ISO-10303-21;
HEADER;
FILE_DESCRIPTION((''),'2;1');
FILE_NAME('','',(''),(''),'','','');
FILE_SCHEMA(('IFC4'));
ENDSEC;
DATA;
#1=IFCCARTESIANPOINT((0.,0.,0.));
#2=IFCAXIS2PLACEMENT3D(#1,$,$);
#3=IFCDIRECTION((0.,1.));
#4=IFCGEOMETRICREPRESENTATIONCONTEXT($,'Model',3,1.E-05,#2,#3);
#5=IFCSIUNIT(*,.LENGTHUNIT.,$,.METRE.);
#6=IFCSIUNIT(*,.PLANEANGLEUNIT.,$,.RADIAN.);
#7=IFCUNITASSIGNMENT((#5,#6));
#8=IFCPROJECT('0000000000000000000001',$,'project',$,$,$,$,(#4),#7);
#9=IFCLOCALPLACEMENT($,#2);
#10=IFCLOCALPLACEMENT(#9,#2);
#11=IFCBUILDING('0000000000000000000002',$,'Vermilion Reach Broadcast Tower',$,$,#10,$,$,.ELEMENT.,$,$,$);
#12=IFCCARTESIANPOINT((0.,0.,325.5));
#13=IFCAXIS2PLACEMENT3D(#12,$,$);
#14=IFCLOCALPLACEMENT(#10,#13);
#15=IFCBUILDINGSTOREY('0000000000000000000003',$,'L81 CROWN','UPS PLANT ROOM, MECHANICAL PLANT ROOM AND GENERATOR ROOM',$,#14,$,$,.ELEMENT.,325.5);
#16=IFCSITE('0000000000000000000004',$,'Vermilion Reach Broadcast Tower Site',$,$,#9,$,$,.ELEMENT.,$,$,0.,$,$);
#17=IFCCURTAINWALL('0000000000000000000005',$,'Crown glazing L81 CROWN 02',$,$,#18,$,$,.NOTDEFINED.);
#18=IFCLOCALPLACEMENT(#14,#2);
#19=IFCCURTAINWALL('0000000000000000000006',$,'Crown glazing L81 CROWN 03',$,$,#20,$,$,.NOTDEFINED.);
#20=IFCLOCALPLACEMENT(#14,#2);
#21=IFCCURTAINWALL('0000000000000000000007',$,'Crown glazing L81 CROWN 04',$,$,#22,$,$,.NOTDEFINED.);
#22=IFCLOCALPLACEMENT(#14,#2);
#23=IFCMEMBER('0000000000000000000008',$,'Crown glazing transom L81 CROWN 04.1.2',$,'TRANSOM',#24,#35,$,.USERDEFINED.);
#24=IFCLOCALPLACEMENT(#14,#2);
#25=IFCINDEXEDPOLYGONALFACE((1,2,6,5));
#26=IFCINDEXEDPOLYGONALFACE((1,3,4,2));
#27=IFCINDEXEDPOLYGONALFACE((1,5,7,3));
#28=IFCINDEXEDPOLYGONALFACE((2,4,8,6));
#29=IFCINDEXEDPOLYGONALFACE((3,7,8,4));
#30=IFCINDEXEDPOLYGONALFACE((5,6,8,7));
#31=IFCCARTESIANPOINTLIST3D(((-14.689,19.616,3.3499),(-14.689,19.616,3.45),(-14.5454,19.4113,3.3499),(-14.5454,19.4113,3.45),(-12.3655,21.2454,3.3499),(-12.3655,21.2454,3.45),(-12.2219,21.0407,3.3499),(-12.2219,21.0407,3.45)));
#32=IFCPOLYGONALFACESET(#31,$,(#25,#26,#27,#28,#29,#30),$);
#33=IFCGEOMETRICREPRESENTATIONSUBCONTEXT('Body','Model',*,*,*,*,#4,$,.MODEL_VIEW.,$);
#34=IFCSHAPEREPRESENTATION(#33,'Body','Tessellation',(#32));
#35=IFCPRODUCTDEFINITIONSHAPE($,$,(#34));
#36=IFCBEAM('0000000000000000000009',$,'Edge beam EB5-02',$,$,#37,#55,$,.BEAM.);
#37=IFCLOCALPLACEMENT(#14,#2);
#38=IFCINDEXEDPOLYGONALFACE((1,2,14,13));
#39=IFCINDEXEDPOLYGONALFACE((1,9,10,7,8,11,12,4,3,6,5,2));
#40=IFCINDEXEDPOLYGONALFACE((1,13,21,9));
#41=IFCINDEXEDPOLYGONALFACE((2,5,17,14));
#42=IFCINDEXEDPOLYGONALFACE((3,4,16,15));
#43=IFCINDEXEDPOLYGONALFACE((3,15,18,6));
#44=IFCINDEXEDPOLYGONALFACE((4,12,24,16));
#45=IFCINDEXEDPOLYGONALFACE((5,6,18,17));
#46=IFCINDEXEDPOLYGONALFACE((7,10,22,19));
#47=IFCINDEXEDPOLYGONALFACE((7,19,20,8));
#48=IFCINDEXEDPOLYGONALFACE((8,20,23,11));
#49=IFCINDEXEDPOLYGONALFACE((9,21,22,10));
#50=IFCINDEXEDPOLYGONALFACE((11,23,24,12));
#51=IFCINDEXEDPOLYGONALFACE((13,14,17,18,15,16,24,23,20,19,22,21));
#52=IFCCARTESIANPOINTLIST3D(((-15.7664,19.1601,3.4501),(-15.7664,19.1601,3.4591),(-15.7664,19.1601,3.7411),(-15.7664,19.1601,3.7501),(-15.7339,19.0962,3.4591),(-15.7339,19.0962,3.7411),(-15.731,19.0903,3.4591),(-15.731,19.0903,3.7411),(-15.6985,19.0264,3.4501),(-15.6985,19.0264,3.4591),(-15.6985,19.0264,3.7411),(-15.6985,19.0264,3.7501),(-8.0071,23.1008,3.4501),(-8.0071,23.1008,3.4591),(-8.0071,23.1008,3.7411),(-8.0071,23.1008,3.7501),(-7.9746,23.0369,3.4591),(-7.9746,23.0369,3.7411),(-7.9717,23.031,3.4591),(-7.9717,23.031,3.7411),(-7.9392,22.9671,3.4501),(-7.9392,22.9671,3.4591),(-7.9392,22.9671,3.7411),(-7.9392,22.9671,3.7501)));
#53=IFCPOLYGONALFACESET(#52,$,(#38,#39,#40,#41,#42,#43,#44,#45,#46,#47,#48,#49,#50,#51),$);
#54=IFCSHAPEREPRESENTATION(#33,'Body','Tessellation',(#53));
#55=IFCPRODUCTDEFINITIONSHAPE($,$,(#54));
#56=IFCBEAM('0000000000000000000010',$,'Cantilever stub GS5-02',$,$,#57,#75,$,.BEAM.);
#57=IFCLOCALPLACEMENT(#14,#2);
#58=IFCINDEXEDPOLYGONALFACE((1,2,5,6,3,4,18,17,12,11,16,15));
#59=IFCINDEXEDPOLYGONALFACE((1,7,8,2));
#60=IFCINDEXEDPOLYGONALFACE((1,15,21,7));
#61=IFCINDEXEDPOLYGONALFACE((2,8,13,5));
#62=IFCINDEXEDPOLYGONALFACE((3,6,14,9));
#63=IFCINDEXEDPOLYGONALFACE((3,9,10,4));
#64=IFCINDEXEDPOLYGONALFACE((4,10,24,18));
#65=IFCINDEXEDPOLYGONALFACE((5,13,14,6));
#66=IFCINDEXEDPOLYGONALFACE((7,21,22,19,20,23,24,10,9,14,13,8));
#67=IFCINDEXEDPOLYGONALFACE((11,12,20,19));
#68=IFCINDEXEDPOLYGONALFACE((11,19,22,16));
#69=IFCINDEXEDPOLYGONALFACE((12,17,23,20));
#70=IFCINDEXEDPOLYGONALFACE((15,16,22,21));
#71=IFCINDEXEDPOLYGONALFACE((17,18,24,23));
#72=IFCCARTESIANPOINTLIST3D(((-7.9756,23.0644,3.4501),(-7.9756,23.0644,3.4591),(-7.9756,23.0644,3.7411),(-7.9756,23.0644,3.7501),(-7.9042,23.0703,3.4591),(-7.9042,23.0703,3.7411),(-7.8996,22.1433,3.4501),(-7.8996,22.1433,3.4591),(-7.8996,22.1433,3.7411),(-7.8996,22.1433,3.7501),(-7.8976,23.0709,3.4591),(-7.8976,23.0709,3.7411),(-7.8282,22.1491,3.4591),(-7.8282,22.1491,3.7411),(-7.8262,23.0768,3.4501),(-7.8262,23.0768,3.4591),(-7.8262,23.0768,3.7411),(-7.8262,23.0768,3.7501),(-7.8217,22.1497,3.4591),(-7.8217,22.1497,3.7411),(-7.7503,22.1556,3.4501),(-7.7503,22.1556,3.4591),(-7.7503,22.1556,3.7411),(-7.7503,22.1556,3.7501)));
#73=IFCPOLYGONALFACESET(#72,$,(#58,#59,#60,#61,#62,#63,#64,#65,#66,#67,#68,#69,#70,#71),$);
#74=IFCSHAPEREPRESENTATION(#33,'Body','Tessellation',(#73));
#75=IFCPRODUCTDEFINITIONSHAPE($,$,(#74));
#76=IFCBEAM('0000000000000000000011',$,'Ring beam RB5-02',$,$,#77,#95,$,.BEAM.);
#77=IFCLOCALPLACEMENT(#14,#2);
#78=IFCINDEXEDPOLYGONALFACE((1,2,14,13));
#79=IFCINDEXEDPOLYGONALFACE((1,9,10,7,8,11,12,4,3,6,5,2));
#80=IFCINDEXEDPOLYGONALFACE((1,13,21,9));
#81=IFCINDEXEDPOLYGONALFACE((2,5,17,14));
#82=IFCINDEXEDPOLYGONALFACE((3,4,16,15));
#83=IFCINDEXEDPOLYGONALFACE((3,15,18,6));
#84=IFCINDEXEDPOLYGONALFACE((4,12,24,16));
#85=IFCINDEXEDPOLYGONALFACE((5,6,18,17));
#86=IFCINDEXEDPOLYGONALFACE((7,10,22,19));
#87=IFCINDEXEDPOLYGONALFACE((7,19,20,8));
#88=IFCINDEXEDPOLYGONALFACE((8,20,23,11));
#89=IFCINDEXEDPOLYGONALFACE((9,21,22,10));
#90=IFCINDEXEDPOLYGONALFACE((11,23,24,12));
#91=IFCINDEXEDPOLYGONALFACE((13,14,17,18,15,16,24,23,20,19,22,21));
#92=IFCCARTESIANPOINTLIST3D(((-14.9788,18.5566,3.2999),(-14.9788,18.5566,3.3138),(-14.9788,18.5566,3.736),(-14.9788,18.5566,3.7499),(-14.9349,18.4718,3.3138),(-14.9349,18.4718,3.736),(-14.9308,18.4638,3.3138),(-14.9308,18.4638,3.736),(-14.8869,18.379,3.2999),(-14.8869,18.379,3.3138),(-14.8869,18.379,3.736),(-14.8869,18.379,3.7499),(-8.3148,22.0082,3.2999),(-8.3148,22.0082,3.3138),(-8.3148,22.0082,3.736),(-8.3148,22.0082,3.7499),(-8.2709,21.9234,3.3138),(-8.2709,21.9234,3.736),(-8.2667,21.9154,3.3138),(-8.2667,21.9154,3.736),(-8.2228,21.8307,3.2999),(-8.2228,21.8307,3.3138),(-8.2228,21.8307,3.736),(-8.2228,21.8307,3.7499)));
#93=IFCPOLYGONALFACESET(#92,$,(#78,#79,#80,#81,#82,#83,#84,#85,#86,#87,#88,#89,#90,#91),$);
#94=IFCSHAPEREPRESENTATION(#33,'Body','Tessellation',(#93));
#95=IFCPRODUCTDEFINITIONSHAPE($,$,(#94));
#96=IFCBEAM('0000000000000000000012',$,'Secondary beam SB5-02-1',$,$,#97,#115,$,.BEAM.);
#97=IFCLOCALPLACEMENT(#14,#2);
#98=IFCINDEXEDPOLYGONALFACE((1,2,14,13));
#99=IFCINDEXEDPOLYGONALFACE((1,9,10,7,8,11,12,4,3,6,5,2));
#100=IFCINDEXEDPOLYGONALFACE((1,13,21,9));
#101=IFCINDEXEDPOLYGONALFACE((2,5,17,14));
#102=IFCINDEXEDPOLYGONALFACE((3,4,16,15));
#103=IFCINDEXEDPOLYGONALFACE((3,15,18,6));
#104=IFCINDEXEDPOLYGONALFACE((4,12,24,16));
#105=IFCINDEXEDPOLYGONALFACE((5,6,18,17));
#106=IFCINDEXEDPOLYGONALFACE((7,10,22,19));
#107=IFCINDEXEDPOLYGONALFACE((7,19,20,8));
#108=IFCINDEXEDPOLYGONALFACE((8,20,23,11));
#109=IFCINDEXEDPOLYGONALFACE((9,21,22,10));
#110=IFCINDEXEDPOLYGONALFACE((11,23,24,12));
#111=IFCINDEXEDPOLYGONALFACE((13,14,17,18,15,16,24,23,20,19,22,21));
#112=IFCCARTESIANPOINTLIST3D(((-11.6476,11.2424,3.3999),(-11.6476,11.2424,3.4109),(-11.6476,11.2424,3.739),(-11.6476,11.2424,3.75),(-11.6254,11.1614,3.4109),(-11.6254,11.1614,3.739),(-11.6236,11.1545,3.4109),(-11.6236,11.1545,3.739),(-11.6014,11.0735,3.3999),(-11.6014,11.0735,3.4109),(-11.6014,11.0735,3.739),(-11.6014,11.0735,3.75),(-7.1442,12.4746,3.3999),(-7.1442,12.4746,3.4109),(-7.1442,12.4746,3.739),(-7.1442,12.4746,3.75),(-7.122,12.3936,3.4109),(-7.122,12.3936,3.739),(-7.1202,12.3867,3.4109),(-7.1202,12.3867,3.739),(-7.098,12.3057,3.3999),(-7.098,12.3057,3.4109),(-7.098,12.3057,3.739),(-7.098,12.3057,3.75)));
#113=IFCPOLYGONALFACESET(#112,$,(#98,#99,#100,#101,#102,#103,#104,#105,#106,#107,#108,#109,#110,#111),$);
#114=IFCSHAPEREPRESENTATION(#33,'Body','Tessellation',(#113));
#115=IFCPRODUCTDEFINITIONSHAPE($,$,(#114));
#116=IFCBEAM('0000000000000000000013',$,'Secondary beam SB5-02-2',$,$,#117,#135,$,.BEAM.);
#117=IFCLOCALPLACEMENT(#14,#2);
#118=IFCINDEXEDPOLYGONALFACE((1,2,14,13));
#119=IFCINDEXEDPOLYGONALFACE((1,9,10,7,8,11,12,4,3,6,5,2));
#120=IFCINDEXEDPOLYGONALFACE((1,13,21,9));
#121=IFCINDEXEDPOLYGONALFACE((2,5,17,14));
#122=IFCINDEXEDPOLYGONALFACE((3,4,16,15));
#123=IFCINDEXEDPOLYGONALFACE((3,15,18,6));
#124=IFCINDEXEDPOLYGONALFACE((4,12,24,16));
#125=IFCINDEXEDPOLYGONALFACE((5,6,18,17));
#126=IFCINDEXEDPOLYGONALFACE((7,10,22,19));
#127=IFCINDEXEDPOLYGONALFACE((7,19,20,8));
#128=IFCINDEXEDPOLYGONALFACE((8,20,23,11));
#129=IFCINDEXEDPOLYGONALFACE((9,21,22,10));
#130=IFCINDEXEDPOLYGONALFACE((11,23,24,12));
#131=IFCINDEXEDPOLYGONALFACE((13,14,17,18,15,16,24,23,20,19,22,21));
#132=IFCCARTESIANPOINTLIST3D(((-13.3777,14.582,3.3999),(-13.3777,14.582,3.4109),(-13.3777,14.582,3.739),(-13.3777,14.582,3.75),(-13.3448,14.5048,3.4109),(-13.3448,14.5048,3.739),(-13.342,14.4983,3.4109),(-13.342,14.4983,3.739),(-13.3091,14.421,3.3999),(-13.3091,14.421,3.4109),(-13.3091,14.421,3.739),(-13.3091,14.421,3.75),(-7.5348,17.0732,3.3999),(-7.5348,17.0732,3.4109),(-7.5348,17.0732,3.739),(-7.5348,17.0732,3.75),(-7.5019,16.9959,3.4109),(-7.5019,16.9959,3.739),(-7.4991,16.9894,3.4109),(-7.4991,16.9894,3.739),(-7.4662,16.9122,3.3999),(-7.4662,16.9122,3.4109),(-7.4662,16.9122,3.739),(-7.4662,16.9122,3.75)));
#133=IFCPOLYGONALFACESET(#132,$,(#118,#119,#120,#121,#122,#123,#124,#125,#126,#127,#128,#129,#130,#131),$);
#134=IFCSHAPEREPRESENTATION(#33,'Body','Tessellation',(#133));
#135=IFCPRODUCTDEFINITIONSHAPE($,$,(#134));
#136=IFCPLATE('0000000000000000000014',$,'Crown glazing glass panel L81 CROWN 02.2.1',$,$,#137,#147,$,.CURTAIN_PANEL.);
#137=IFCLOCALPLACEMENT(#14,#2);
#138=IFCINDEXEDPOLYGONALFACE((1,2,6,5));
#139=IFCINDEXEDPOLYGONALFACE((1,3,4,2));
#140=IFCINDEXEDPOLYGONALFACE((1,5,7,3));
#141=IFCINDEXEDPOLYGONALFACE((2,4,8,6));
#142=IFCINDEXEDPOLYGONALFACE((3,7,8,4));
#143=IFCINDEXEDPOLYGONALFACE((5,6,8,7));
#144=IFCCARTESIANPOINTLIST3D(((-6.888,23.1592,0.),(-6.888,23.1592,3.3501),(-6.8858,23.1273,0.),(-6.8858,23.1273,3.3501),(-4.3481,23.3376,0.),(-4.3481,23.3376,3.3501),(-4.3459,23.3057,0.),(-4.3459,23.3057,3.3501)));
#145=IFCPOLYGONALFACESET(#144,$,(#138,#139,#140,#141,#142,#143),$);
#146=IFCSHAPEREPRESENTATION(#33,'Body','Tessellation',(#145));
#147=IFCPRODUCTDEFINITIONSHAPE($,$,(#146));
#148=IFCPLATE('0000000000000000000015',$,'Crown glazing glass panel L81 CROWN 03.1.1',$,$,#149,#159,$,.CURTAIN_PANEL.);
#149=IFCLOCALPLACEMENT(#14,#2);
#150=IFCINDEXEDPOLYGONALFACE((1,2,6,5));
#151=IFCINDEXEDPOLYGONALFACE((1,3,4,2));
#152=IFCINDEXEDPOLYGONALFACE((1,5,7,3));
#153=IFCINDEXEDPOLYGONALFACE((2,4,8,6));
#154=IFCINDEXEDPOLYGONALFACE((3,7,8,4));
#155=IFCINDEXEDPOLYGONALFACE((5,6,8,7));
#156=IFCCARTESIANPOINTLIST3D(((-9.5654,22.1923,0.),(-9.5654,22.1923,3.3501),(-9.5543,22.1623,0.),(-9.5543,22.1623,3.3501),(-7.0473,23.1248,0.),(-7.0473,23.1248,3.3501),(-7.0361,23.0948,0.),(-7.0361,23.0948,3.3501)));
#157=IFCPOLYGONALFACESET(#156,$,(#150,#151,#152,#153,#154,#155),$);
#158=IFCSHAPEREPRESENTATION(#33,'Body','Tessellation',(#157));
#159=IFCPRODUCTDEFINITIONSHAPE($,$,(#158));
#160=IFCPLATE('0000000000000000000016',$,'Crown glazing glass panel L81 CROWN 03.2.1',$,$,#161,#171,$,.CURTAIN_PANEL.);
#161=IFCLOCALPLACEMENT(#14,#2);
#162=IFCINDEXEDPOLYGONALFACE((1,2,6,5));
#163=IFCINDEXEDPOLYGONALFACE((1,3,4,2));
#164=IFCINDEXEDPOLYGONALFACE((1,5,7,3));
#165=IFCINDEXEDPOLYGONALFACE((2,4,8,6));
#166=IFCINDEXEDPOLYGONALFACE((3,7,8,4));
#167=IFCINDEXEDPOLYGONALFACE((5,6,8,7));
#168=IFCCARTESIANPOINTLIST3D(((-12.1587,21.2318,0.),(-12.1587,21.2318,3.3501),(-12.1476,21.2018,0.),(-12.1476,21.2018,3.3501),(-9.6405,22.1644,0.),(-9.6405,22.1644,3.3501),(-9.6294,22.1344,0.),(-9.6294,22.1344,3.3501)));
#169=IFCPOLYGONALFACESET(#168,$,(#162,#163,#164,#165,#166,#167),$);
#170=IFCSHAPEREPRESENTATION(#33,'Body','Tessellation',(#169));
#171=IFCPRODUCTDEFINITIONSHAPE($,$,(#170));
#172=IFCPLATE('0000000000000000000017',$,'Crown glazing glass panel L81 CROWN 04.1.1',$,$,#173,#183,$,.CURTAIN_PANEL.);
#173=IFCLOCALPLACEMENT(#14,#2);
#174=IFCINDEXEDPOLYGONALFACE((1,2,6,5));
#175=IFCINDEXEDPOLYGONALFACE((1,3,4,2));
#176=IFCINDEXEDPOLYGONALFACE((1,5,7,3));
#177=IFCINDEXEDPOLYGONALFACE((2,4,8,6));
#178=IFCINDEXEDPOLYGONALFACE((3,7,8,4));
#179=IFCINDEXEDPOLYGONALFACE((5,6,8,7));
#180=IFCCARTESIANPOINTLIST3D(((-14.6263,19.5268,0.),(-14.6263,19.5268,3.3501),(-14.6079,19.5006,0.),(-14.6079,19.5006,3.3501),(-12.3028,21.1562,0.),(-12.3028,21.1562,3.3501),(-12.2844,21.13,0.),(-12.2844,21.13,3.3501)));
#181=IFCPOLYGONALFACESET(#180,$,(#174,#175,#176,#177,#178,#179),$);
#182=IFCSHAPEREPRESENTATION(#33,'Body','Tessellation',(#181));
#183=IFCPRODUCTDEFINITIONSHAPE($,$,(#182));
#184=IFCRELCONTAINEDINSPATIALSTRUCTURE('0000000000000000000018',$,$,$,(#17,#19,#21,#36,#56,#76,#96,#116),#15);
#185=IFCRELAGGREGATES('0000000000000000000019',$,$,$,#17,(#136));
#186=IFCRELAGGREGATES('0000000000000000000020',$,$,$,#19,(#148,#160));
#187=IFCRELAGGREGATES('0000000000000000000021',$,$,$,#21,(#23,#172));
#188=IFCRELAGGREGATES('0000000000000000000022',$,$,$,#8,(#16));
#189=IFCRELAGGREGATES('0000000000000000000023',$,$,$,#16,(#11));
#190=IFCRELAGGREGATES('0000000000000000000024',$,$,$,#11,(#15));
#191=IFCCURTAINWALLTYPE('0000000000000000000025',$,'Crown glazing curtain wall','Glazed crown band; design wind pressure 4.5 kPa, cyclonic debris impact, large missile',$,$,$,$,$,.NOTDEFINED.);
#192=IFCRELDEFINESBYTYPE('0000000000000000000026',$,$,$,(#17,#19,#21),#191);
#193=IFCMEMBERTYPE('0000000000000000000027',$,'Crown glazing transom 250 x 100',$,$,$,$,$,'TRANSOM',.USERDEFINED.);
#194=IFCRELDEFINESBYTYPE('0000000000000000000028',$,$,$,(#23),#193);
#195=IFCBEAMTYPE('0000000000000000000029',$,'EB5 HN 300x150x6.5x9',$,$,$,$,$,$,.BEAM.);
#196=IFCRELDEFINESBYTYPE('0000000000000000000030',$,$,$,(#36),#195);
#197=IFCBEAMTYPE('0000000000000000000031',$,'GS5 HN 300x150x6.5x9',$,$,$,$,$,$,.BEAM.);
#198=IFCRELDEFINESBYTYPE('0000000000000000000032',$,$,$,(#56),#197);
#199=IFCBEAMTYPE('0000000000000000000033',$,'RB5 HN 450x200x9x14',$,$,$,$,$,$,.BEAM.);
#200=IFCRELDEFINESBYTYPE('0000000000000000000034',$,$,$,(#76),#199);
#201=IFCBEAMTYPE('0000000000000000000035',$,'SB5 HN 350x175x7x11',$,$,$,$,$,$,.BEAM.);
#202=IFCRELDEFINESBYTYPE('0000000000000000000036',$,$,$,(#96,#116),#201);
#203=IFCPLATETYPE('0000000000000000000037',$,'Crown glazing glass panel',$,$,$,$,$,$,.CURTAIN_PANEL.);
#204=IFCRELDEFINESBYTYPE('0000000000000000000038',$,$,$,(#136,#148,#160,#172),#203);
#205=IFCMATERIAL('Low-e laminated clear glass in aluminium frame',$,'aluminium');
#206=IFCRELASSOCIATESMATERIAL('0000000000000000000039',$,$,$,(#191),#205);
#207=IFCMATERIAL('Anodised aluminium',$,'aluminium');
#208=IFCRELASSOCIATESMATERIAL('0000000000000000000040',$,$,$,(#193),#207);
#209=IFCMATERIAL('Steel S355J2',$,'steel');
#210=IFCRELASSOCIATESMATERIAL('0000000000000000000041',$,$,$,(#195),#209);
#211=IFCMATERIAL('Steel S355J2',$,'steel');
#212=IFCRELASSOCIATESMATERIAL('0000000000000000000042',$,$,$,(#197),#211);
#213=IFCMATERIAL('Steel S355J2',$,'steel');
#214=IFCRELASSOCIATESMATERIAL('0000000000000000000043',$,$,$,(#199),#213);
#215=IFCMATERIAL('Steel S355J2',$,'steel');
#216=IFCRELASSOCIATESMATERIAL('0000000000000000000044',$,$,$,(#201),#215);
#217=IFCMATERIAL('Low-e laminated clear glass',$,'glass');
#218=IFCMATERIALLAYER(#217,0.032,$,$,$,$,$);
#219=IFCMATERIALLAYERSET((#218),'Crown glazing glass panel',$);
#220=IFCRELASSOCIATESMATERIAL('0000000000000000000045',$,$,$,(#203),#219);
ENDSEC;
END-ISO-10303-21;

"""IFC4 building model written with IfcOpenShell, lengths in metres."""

from ifc_helpers import new_model, si_unit, direction, frame, origin, origin_2d, place, context, subcontext, project, spatial, rectangle, i_section, extrude, material, layer, layer_set, material_profile, profile_set, type_object, element, aggregate, save


model = new_model("IFC4")

# Units and contexts
model_context = context("Model", 3, precision=1e-05, world=origin(), true_north=direction((0.0, 1.0)))
body_context = subcontext(model_context, "Body", "Model", "MODEL_VIEW")
ifc_project = project(units=[si_unit("LENGTHUNIT", "METRE"), si_unit("PLANEANGLEUNIT", "RADIAN")], contexts=[model_context])

# Site, building, storey
site_placement = place(None, origin())
site = spatial("IfcSite", under=ifc_project, at=site_placement, Name="Vermilion Reach Broadcast Tower Site", CompositionType="ELEMENT", RefElevation=0.0)
building_placement = place(site_placement, origin())
building = spatial("IfcBuilding", under=site, at=building_placement, Name="Vermilion Reach Broadcast Tower", CompositionType="ELEMENT")
storey_placement = place(building_placement, frame((0.0, 0.0, 325.5)))
storey = spatial("IfcBuildingStorey", under=building, at=storey_placement, Name="L81 CROWN", Description="UPS PLANT ROOM, MECHANICAL PLANT ROOM AND GENERATOR ROOM", CompositionType="ELEMENT", Elevation=325.5)

# Curtain wall
ifc_material_1 = material(Name="Low-e laminated clear glass in aluminium frame", Category="aluminium")
curtain_wall_type = type_object("IfcCurtainWallType", Name="Crown glazing curtain wall", Description="Glazed crown band; design wind pressure 4.5 kPa, cyclonic debris impact, large missile", PredefinedType="NOTDEFINED", material=ifc_material_1)
placement = place(storey_placement, origin())
curtain_wall_1 = element("IfcCurtainWall", 1, at=placement, inside=storey, type_object=curtain_wall_type, Name="Crown glazing L81 CROWN 02", PredefinedType="NOTDEFINED")

# Curtain wall
curtain_wall_2 = element("IfcCurtainWall", 2, at=placement, inside=storey, type_object=curtain_wall_type, Name="Crown glazing L81 CROWN 03", PredefinedType="NOTDEFINED")

# Curtain wall
curtain_wall_3 = element("IfcCurtainWall", 3, at=placement, inside=storey, type_object=curtain_wall_type, Name="Crown glazing L81 CROWN 04", PredefinedType="NOTDEFINED")

# Member
ifc_material_2 = material(Name="Anodised aluminium", Category="aluminium")
ifc_material_profile_1 = material_profile(ifc_material_2, rectangle(XDim=0.25, YDim=0.1001, at=origin_2d()), Name="Crown glazing transom 250 x 100")
ifc_profile_set_1 = profile_set([ifc_material_profile_1], Name="Anodised aluminium")
member_type_1 = type_object("IfcMemberType", Name="Crown glazing transom 250 x 100", ElementType="TRANSOM", PredefinedType="USERDEFINED", material=ifc_profile_set_1)
member_1_placement = place(storey_placement, frame((-12.2937, 21.1431, 3.3999), z_axis=(-0.818743, -0.574161, 0.0), x_axis=(0.574161, -0.818743, 0.0)))
member_1 = element("IfcMember", 4, at=member_1_placement, type_object=member_type_1, Name="Crown glazing transom L81 CROWN 04.1.2", ObjectType="TRANSOM", PredefinedType="USERDEFINED", context=body_context, shape_type="SweptSolid", body=[
    extrude(rectangle(XDim=0.25, YDim=0.1001, at=origin_2d()), origin(), (0.0, 0.0, 1.0), 2.8379),
])

# Beams
ifc_material_3 = material(Name="Steel S355J2", Category="steel")
ifc_material_profile_2 = material_profile(ifc_material_3, i_section(OverallWidth=0.1499, OverallDepth=0.3, WebThickness=0.0066, FlangeThickness=0.009, at=origin_2d()), Name="S355J2 HN 300x150x6.5x9")
ifc_profile_set_2 = profile_set([ifc_material_profile_2], Name="Steel S355J2")
beam_type_1 = type_object("IfcBeamType", Name="EB5 HN 300x150x6.5x9", PredefinedType="BEAM", material=ifc_profile_set_2)
beam_1_placement = place(storey_placement, frame((-7.9731, 23.0339, 3.6001), z_axis=(-0.891604, -0.452816, 0.0), x_axis=(0.452816, -0.891604, 0.0)))
element("IfcBeam", 5, at=beam_1_placement, inside=storey, type_object=beam_type_1, Name="Edge beam EB5-02", PredefinedType="BEAM", context=body_context, shape_type="SweptSolid", body=[
    extrude(i_section(OverallWidth=0.1499, OverallDepth=0.3, WebThickness=0.0066, FlangeThickness=0.009, at=origin_2d()), origin(), (0.0, 0.0, 1.0), 8.7026),
])
ifc_material_4 = material(Name="Steel S355J2", Category="steel")
ifc_material_profile_3 = material_profile(ifc_material_4, i_section(OverallWidth=0.1499, OverallDepth=0.3, WebThickness=0.0066, FlangeThickness=0.009, at=origin_2d()), Name="S355J2 HN 300x150x6.5x9")
ifc_profile_set_3 = profile_set([ifc_material_profile_3], Name="Steel S355J2")
beam_type_2 = type_object("IfcBeamType", Name="GS5 HN 300x150x6.5x9", PredefinedType="BEAM", material=ifc_profile_set_3)
beam_2_placement = place(storey_placement, frame((-7.825, 22.1494, 3.6001), z_axis=(-0.082149, 0.99662, 0.0), x_axis=(-0.99662, -0.082149, 0.0)))
element("IfcBeam", 6, at=beam_2_placement, inside=storey, type_object=beam_type_2, Name="Cantilever stub GS5-02", PredefinedType="BEAM", context=body_context, shape_type="SweptSolid", body=[
    extrude(i_section(OverallWidth=0.1499, OverallDepth=0.3, WebThickness=0.0066, FlangeThickness=0.009, at=origin_2d()), origin(), (0.0, 0.0, 1.0), 0.9243),
])
ifc_material_5 = material(Name="Steel S355J2", Category="steel")
ifc_material_profile_4 = material_profile(ifc_material_5, i_section(OverallWidth=0.2, OverallDepth=0.45, WebThickness=0.009, FlangeThickness=0.0139, at=origin_2d()), Name="S355J2 HN 450x200x9x14")
ifc_profile_set_4 = profile_set([ifc_material_profile_4], Name="Steel S355J2")
beam_type_3 = type_object("IfcBeamType", Name="RB5 HN 450x200x9x14", PredefinedType="BEAM", material=ifc_profile_set_4)
beam_3_placement = place(storey_placement, frame((-8.2688, 21.9194, 3.5249), z_axis=(-0.88796, -0.45992, 0.0), x_axis=(0.45992, -0.88796, 0.0)))
element("IfcBeam", 7, at=beam_3_placement, inside=storey, type_object=beam_type_3, Name="Ring beam RB5-02", PredefinedType="BEAM", context=body_context, shape_type="SweptSolid", body=[
    extrude(i_section(OverallWidth=0.2, OverallDepth=0.45, WebThickness=0.009, FlangeThickness=0.0139, at=origin_2d()), origin(), (0.0, 0.0, 1.0), 7.5049),
])
ifc_material_6 = material(Name="Steel S355J2", Category="steel")
ifc_material_profile_5 = material_profile(ifc_material_6, i_section(OverallWidth=0.175, OverallDepth=0.3501, WebThickness=0.0071, FlangeThickness=0.011, at=origin_2d()), Name="S355J2 HN 350x175x7x11")
ifc_profile_set_5 = profile_set([ifc_material_profile_5], Name="Steel S355J2")
beam_type_4 = type_object("IfcBeamType", Name="SB5 HN 350x175x7x11", PredefinedType="BEAM", material=ifc_profile_set_5)
beam_4_placement = place(storey_placement, frame((-7.1211, 12.3901, 3.575), z_axis=(-0.964547, -0.263909, 0.0), x_axis=(0.263909, -0.964547, 0.0)))
element("IfcBeam", 8, at=beam_4_placement, inside=storey, type_object=beam_type_4, Name="Secondary beam SB5-02-1", PredefinedType="BEAM", context=body_context, shape_type="SweptSolid", body=[
    extrude(i_section(OverallWidth=0.175, OverallDepth=0.3501, WebThickness=0.0071, FlangeThickness=0.011, at=origin_2d()), origin(), (0.0, 0.0, 1.0), 4.6689),
])
beam_5_placement = place(storey_placement, frame((-7.5005, 16.9927, 3.575), z_axis=(-0.919881, -0.392198, 0.0), x_axis=(0.392198, -0.919881, 0.0)))
element("IfcBeam", 9, at=beam_5_placement, inside=storey, type_object=beam_type_4, Name="Secondary beam SB5-02-2", PredefinedType="BEAM", context=body_context, shape_type="SweptSolid", body=[
    extrude(i_section(OverallWidth=0.175, OverallDepth=0.3501, WebThickness=0.0071, FlangeThickness=0.011, at=origin_2d()), origin(), (0.0, 0.0, 1.0), 6.3518),
])

# Plates
ifc_material_7 = material(Name="Low-e laminated clear glass", Category="glass")
ifc_layer_1 = layer(ifc_material_7, 0.032)
ifc_layer_set_1 = layer_set([ifc_layer_1], Name="Crown glazing glass panel")
plate_type = type_object("IfcPlateType", Name="Crown glazing glass panel", PredefinedType="CURTAIN_PANEL", material=ifc_layer_set_1)
plate_1_placement = place(storey_placement, frame((-5.6169, 23.2324, 0.0), z_axis=(0.0, 0.0, 1.0), x_axis=(-0.997541, -0.070082, 0.0)))
plate_1 = element("IfcPlate", 10, at=plate_1_placement, type_object=plate_type, Name="Crown glazing glass panel L81 CROWN 02.2.1", PredefinedType="CURTAIN_PANEL", context=body_context, shape_type="SweptSolid", body=[
    extrude(rectangle(XDim=2.5461, YDim=0.032, at=origin_2d()), origin(), (0.0, 0.0, 1.0), 3.3501),
])
aggregate(curtain_wall_1, [plate_1])
plate_2_placement = place(storey_placement, frame((-8.3008, 22.6436, 0.0), z_axis=(0.0, 0.0, 1.0), x_axis=(-0.937757, -0.347291, 0.0)))
plate_2 = element("IfcPlate", 11, at=plate_2_placement, type_object=plate_type, Name="Crown glazing glass panel L81 CROWN 03.1.1", PredefinedType="CURTAIN_PANEL", context=body_context, shape_type="SweptSolid", body=[
    extrude(rectangle(XDim=2.6853, YDim=0.032, at=origin_2d()), origin(), (0.0, 0.0, 1.0), 3.3501),
])
plate_3_placement = place(storey_placement, frame((-10.894, 21.6831, 0.0), z_axis=(0.0, 0.0, 1.0), x_axis=(-0.937757, -0.347291, 0.0)))
plate_3 = element("IfcPlate", 12, at=plate_3_placement, type_object=plate_type, Name="Crown glazing glass panel L81 CROWN 03.2.1", PredefinedType="CURTAIN_PANEL", context=body_context, shape_type="SweptSolid", body=[
    extrude(rectangle(XDim=2.6853, YDim=0.032, at=origin_2d()), origin(), (0.0, 0.0, 1.0), 3.3501),
])
aggregate(curtain_wall_2, [plate_2, plate_3])
plate_4_placement = place(storey_placement, frame((-13.4553, 20.3284, 0.0), z_axis=(0.0, 0.0, 1.0), x_axis=(-0.81874, -0.574164, 0.0)))
plate_4 = element("IfcPlate", 13, at=plate_4_placement, type_object=plate_type, Name="Crown glazing glass panel L81 CROWN 04.1.1", PredefinedType="CURTAIN_PANEL", context=body_context, shape_type="SweptSolid", body=[
    extrude(rectangle(XDim=2.8379, YDim=0.032, at=origin_2d()), origin(), (0.0, 0.0, 1.0), 3.3501),
])
aggregate(curtain_wall_3, [member_1, plate_4])

save(model, "model.ifc")
